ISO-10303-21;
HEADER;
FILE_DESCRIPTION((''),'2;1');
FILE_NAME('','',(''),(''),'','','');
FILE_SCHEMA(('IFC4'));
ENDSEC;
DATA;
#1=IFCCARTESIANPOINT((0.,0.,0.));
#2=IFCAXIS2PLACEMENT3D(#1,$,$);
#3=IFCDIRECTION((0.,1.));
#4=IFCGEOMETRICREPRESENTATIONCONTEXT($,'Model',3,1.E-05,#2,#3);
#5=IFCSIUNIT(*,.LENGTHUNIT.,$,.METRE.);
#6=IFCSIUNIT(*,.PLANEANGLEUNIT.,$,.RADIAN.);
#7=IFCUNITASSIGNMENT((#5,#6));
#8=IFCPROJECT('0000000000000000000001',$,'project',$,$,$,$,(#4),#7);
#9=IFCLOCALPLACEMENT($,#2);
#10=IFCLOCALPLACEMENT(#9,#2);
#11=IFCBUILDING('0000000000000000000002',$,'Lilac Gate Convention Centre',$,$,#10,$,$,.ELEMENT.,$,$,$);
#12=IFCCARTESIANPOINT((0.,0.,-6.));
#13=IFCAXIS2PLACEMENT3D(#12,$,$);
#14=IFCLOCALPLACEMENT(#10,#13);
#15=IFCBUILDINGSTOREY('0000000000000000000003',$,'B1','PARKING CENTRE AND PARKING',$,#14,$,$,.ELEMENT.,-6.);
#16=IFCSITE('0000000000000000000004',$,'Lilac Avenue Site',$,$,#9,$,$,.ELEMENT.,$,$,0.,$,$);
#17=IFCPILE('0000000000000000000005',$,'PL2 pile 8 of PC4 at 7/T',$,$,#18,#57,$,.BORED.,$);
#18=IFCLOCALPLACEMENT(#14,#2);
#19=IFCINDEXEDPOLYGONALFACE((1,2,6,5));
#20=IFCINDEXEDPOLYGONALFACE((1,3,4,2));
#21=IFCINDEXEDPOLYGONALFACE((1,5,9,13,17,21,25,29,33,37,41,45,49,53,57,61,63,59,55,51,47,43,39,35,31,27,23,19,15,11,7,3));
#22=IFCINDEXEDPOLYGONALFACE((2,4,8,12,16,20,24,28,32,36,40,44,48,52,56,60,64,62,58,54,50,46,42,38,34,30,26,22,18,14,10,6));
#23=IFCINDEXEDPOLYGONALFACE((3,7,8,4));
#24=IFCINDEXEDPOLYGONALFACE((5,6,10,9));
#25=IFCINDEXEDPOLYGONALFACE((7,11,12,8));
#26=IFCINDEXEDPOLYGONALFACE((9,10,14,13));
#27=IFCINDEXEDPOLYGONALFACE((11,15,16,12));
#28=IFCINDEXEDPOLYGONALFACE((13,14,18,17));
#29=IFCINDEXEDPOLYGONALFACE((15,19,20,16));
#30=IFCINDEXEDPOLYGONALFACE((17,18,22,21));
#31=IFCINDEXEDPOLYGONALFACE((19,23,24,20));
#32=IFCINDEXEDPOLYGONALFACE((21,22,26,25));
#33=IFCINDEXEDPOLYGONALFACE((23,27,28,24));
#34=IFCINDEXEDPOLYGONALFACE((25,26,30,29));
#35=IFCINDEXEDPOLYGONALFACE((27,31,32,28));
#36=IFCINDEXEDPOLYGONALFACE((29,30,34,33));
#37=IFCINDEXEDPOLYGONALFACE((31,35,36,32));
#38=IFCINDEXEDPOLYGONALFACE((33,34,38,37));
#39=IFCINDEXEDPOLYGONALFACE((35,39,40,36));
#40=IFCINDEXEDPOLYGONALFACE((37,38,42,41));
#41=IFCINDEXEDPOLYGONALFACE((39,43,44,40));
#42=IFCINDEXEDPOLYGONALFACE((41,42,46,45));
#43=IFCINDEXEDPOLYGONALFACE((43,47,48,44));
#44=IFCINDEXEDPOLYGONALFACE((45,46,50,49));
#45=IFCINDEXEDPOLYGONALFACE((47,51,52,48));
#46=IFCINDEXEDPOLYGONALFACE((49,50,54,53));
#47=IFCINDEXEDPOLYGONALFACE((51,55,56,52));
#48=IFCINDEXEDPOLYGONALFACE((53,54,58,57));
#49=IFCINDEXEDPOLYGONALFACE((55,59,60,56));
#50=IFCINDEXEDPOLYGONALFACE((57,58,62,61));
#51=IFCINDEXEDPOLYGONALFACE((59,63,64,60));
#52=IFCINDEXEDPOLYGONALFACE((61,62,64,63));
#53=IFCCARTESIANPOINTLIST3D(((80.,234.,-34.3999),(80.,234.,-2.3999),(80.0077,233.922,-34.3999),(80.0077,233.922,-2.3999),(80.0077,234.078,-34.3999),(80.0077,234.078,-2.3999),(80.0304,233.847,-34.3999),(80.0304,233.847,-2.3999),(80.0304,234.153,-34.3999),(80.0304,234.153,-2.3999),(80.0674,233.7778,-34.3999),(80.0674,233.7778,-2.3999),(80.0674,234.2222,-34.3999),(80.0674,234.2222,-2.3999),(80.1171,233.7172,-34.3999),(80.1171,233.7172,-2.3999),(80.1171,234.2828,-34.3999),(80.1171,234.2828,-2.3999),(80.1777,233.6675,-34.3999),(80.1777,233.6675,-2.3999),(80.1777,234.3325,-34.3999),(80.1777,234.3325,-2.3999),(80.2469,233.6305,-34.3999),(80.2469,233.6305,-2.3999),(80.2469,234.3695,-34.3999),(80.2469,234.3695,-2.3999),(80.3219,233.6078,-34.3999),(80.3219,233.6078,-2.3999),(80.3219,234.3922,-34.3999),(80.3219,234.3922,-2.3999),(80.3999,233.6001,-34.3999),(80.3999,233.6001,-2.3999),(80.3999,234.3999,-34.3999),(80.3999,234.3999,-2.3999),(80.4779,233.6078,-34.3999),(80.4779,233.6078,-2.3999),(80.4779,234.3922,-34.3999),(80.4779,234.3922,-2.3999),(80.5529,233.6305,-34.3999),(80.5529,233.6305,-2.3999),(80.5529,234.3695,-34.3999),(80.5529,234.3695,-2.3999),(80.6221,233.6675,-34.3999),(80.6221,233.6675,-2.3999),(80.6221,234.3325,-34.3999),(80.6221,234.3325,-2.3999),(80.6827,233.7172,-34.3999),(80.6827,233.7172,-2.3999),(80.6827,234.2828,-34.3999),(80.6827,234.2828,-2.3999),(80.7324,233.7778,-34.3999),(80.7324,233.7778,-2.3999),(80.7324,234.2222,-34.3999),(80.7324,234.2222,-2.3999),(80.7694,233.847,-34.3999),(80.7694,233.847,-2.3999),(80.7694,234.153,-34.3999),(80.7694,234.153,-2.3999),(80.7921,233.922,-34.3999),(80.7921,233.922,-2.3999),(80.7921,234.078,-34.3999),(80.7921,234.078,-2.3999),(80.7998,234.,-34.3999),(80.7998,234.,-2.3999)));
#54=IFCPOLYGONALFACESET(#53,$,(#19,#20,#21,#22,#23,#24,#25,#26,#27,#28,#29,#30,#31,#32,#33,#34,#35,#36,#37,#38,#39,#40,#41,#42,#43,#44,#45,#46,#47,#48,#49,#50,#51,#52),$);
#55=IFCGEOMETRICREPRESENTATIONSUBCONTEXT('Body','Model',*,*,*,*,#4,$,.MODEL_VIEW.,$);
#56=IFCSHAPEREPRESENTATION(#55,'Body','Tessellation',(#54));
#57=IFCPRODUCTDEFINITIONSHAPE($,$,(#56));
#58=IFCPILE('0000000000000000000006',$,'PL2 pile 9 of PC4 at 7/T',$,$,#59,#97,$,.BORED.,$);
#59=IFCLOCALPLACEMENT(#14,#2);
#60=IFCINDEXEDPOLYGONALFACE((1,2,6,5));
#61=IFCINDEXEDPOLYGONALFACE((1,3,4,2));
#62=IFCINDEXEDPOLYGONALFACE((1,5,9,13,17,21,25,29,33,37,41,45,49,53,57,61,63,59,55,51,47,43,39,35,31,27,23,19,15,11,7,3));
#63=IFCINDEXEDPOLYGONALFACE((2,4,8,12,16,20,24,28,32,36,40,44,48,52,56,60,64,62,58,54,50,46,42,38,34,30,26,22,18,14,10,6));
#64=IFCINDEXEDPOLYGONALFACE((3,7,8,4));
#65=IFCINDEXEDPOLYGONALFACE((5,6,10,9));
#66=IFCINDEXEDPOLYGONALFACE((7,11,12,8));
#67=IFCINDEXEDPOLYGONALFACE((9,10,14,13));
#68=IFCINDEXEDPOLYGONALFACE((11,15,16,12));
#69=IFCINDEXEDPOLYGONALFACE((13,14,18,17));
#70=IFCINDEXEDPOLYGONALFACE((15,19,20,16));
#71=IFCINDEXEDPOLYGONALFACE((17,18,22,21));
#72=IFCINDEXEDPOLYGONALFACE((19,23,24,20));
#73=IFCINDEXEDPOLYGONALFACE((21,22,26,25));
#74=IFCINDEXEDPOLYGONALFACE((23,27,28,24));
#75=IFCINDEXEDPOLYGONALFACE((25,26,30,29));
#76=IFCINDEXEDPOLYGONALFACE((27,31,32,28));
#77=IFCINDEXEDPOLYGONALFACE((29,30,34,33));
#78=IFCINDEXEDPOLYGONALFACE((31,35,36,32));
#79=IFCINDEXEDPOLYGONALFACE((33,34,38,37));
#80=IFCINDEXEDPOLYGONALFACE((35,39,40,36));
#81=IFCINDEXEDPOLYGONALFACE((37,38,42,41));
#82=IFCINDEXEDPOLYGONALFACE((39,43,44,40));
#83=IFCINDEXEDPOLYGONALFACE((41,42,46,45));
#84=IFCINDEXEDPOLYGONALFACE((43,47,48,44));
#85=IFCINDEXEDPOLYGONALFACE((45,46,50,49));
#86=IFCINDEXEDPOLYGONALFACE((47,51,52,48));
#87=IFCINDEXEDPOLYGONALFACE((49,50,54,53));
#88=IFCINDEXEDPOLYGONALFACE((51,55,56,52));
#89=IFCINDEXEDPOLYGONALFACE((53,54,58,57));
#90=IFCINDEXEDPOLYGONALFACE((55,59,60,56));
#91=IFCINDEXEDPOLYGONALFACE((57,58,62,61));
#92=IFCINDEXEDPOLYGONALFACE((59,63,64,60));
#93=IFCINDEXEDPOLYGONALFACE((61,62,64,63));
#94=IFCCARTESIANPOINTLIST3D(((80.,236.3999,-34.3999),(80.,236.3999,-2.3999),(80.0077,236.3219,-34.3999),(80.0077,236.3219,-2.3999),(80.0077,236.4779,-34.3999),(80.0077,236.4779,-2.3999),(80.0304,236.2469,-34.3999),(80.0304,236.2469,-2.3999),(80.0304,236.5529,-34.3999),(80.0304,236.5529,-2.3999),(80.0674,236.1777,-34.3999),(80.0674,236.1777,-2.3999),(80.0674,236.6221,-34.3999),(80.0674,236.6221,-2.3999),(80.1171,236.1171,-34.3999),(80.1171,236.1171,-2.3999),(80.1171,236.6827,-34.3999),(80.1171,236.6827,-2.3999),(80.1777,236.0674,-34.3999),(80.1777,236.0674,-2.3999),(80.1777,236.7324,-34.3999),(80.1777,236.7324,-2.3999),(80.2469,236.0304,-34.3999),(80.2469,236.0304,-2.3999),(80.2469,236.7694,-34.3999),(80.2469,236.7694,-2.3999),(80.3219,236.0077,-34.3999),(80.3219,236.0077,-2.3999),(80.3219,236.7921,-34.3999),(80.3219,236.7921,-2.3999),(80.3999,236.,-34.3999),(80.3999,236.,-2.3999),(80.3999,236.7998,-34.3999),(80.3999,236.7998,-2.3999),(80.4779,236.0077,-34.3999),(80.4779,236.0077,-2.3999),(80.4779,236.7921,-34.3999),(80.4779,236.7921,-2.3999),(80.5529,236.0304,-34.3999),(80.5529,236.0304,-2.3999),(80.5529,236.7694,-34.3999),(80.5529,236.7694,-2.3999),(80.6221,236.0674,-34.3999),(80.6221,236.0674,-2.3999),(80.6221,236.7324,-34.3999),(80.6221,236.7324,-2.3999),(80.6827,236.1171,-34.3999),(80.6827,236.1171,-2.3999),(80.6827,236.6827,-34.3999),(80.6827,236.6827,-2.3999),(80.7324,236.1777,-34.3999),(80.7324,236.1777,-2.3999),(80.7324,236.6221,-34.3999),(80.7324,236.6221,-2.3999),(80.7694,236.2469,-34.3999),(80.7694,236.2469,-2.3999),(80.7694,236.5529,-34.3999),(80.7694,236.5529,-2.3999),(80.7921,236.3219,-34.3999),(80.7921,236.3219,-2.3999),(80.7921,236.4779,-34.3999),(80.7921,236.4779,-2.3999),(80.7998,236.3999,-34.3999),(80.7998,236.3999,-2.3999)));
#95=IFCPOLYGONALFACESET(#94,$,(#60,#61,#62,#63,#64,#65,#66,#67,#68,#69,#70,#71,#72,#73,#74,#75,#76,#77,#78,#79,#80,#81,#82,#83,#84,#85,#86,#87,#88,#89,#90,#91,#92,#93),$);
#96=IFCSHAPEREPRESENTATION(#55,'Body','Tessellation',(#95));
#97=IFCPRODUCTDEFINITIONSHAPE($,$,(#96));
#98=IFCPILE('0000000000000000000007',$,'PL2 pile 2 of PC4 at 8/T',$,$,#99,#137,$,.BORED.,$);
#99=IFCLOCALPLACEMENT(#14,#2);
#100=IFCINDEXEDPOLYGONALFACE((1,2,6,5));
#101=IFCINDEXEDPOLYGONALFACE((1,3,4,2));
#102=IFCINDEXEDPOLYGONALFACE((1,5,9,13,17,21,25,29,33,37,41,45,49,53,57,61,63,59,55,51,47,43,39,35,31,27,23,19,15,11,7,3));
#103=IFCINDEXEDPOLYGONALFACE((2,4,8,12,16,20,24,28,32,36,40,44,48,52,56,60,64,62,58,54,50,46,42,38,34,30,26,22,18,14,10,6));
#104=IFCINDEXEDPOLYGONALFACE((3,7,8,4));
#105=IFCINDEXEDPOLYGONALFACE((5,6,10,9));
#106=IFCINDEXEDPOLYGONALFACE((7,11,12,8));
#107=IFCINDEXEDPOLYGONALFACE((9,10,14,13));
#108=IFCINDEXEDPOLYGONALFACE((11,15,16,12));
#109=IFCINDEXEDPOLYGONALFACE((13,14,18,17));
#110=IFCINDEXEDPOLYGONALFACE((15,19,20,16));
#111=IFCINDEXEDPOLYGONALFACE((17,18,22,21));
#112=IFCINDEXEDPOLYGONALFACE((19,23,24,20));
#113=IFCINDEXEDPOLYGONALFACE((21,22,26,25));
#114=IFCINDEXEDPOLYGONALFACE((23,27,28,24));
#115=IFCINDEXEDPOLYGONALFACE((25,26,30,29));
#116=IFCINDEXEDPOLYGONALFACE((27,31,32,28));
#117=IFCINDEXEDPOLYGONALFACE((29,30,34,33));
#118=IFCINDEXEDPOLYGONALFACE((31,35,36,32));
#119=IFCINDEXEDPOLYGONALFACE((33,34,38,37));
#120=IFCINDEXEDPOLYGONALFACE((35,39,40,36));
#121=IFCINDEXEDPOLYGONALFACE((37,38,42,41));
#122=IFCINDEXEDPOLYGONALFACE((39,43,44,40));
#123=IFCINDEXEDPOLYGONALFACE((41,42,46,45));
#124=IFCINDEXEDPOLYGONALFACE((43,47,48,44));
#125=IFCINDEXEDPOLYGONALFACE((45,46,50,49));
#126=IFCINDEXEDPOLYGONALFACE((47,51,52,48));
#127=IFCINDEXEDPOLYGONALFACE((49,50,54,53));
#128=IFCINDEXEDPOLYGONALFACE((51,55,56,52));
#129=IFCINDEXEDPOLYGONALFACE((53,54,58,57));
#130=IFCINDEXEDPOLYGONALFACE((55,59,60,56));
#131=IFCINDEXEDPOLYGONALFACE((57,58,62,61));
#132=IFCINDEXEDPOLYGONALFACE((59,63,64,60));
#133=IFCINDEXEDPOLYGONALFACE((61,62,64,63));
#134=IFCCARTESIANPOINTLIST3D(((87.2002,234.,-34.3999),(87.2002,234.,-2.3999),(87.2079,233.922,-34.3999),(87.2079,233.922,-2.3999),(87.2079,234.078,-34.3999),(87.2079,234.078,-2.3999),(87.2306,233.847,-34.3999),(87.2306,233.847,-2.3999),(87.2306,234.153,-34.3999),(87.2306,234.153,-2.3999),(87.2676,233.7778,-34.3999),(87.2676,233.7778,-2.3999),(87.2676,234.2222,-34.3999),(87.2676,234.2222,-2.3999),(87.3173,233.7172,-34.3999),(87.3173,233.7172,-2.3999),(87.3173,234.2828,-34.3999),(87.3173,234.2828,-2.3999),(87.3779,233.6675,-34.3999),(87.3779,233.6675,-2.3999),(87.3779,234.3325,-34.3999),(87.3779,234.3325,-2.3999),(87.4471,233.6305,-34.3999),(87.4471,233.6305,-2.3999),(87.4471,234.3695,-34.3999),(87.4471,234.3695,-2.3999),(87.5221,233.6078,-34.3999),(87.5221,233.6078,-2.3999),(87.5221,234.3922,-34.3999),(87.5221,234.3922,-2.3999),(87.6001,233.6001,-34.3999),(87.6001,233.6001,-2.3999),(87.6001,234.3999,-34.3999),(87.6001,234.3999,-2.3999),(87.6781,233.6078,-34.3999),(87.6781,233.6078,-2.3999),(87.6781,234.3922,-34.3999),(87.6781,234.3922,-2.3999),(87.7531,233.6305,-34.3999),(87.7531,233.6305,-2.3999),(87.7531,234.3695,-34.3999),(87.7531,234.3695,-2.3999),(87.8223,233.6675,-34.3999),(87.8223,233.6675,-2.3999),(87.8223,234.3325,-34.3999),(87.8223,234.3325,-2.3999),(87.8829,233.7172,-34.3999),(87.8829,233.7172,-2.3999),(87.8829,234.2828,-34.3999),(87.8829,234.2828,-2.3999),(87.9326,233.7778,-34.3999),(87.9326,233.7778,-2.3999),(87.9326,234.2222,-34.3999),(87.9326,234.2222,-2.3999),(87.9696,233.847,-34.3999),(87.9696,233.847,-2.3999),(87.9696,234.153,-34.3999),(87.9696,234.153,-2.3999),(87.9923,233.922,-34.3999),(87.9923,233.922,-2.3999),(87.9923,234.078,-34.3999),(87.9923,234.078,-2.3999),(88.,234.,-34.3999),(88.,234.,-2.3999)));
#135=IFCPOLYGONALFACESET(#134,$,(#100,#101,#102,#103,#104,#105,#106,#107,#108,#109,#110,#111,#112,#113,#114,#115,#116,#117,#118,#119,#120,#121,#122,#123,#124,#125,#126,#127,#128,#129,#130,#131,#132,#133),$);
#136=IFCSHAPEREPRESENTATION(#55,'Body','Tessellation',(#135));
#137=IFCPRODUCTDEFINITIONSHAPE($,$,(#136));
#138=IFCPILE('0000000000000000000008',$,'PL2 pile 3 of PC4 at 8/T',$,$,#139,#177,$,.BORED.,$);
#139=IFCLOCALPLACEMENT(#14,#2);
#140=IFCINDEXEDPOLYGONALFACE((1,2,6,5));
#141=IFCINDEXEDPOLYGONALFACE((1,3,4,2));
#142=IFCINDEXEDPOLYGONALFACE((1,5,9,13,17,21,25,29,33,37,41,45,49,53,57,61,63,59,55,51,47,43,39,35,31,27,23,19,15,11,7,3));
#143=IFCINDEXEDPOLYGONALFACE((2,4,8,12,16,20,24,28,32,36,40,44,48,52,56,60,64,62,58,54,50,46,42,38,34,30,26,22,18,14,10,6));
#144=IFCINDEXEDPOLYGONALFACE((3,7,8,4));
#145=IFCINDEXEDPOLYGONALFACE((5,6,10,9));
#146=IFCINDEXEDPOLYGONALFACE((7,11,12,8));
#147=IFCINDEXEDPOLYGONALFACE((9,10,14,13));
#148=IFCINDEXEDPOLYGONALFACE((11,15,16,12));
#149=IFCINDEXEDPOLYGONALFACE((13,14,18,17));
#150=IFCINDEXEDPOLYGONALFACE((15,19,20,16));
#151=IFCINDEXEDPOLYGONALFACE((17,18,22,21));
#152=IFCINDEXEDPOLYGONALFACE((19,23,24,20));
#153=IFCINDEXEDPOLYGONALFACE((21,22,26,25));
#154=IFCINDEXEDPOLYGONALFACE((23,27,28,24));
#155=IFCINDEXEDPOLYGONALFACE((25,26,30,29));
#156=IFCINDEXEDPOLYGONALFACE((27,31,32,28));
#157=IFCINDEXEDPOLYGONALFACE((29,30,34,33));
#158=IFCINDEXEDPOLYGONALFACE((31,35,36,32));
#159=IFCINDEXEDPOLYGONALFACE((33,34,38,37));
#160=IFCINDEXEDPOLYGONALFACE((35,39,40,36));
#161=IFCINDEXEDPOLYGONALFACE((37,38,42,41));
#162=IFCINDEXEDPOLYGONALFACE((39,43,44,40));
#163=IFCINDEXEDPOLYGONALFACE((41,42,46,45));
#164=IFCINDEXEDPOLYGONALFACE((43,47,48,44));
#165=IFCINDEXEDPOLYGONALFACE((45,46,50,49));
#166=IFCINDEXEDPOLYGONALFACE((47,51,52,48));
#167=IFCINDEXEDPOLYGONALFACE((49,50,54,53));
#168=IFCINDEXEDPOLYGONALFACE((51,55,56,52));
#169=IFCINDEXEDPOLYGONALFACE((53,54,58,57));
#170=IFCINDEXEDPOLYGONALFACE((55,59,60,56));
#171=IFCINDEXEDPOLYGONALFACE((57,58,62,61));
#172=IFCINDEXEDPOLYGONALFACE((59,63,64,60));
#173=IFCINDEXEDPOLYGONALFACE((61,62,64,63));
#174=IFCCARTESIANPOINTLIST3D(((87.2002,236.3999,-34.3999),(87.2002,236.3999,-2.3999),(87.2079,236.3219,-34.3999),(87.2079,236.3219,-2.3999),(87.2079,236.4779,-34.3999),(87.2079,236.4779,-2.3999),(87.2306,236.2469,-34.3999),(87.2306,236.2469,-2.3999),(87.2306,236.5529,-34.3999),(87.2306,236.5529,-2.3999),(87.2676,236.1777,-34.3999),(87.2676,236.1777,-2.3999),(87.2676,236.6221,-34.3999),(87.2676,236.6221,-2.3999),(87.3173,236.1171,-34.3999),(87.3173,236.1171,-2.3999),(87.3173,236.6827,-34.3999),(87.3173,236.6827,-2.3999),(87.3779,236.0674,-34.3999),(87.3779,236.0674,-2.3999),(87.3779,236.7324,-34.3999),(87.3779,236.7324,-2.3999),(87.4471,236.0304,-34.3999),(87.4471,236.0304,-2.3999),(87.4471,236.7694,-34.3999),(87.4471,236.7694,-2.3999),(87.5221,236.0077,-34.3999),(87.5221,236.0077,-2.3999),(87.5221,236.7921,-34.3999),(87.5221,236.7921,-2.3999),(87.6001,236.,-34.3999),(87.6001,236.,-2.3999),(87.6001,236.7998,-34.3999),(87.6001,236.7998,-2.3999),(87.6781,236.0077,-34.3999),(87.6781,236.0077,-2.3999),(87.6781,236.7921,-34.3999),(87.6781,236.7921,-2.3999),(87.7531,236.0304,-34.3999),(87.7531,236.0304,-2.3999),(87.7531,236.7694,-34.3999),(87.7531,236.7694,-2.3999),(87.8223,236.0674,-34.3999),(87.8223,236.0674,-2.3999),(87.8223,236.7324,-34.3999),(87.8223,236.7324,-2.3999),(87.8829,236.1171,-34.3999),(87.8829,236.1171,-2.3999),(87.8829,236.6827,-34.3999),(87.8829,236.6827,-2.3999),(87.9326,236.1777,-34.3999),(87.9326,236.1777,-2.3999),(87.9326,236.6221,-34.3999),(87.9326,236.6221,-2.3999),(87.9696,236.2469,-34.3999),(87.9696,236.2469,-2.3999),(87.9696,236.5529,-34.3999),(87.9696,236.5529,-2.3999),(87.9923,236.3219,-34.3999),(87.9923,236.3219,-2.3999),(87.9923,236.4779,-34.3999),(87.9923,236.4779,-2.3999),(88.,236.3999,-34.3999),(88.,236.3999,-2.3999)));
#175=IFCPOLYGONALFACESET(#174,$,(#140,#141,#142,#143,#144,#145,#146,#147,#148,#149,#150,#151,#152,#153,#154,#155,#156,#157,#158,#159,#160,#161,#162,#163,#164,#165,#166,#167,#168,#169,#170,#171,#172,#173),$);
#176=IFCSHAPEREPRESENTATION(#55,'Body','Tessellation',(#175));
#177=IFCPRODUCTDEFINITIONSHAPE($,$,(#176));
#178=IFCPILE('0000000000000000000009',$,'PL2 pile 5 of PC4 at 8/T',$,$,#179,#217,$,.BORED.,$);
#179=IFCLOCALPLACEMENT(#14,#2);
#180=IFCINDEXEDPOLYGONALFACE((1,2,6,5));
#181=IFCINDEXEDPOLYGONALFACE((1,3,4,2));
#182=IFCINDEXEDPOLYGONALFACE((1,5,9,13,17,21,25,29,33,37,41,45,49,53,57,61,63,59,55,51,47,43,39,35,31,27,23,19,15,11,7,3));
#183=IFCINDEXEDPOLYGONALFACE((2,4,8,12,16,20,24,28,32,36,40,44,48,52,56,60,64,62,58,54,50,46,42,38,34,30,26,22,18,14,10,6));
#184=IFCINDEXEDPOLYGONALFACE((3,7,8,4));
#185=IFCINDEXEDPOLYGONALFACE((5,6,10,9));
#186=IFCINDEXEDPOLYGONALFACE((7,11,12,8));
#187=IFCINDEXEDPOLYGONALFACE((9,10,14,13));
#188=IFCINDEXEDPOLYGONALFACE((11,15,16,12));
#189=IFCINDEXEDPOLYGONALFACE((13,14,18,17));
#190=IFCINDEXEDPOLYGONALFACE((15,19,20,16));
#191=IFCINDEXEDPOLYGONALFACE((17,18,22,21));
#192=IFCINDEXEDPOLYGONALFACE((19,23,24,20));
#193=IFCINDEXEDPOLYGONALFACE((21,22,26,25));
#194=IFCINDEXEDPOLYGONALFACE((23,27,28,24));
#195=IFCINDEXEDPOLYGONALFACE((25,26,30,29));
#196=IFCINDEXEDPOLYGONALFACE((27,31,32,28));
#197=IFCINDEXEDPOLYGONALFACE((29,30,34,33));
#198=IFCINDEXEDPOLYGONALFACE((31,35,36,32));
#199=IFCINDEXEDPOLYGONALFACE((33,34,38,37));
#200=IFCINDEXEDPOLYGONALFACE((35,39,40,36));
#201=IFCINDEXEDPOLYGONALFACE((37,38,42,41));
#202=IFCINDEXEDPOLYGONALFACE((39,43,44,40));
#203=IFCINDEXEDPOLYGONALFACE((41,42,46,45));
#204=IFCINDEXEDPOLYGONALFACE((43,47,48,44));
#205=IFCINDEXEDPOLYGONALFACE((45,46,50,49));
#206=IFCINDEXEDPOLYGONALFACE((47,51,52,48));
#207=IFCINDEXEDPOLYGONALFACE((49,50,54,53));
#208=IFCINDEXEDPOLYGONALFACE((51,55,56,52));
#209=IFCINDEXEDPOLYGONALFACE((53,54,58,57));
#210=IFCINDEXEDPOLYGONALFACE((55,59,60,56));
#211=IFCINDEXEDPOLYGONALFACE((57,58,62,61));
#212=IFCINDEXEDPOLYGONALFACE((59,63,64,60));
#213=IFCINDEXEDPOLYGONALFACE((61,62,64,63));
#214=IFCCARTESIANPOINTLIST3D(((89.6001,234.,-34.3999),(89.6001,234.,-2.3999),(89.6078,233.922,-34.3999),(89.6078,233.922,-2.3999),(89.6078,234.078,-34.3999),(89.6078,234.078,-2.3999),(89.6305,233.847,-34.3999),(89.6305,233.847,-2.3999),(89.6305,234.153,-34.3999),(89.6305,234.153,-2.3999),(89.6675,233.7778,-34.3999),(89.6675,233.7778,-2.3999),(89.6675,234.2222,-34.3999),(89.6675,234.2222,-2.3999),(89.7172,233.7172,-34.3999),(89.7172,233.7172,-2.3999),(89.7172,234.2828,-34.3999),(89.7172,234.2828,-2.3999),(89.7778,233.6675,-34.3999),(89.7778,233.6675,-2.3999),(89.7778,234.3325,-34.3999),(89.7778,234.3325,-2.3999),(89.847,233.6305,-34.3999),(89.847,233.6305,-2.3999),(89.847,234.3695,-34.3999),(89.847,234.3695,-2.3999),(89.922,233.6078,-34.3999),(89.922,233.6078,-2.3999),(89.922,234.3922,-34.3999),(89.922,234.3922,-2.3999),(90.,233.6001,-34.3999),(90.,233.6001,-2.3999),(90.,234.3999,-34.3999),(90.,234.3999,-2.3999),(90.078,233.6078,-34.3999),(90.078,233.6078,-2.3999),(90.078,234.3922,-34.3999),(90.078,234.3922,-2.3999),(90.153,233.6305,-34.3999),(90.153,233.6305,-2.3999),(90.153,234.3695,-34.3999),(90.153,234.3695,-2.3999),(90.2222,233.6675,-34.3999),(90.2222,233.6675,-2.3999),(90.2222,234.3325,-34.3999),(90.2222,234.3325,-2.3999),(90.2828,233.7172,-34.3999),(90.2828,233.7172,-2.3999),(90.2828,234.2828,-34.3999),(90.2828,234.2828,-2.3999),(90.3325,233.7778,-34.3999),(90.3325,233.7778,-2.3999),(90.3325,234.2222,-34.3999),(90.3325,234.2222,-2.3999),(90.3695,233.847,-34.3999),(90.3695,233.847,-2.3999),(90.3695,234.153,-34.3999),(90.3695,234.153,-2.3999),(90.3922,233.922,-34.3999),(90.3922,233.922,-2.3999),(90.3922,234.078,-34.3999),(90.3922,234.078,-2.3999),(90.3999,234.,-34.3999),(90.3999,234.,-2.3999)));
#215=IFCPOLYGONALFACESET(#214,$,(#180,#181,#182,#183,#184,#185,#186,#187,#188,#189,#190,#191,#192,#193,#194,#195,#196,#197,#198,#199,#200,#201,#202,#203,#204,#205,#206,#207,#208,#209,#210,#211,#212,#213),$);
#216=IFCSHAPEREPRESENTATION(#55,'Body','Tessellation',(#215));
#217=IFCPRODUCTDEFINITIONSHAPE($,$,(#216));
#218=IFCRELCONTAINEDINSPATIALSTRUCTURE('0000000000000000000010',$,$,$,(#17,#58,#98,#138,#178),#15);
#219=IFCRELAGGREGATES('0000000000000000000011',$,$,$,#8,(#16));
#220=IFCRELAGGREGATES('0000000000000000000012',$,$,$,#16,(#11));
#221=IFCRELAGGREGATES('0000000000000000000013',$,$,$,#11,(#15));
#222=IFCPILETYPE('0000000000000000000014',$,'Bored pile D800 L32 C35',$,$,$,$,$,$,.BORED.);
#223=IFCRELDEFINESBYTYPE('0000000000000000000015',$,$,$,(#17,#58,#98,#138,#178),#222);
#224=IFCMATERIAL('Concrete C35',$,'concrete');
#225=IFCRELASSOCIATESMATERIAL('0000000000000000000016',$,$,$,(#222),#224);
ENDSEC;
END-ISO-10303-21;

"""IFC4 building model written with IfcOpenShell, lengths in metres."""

from ifc_helpers import new_model, si_unit, direction, frame, origin, origin_2d, place, context, subcontext, project, spatial, circle, extrude, material, material_profile, profile_set, type_object, element, save


model = new_model("IFC4")

# Units and contexts
model_context = context("Model", 3, precision=1e-05, world=origin(), true_north=direction((0.0, 1.0)))
body_context = subcontext(model_context, "Body", "Model", "MODEL_VIEW")
ifc_project = project(units=[si_unit("LENGTHUNIT", "METRE"), si_unit("PLANEANGLEUNIT", "RADIAN")], contexts=[model_context])

# Site, building, storey
site_placement = place(None, origin())
site = spatial("IfcSite", under=ifc_project, at=site_placement, Name="Lilac Avenue Site", CompositionType="ELEMENT", RefElevation=0.0)
building_placement = place(site_placement, origin())
building = spatial("IfcBuilding", under=site, at=building_placement, Name="Lilac Gate Convention Centre", CompositionType="ELEMENT")
storey_placement = place(building_placement, frame((0.0, 0.0, -6.0)))
storey = spatial("IfcBuildingStorey", under=building, at=storey_placement, Name="B1", Description="PARKING CENTRE AND PARKING", CompositionType="ELEMENT", Elevation=-6.0)

# Piles
ifc_material_1 = material(Name="Concrete C35", Category="concrete")
ifc_material_profile_1 = material_profile(ifc_material_1, circle(Radius=0.3999, at=origin_2d()), Name="D800")
ifc_profile_set_1 = profile_set([ifc_material_profile_1], Name="Concrete C35")
pile_type = type_object("IfcPileType", Name="Bored pile D800 L32 C35", PredefinedType="BORED", material=ifc_profile_set_1)
for number, where, z_axis, x_axis, name in (
    (1, (80.3999, 234.0, -2.3999), (0.0, 0.0, -1.0), (1.0, 0.0, 0.0), "PL2 pile 8 of PC4 at 7/T"),
    (2, (80.3999, 236.3999, -2.3999), (0.0, 0.0, -1.0), (1.0, 0.0, 0.0), "PL2 pile 9 of PC4 at 7/T"),
    (3, (87.6001, 234.0, -2.3999), (0.0, 0.0, -1.0), (1.0, 0.0, 0.0), "PL2 pile 2 of PC4 at 8/T"),
    (4, (87.6001, 236.3999, -2.3999), (0.0, 0.0, -1.0), (1.0, 0.0, 0.0), "PL2 pile 3 of PC4 at 8/T"),
    (5, (90.0, 234.0, -2.3999), (0.0, 0.0, -1.0), (1.0, 0.0, 0.0), "PL2 pile 5 of PC4 at 8/T"),
):
    element("IfcPile", number, at=place(storey_placement, frame(where, z_axis=z_axis, x_axis=x_axis)), inside=storey, type_object=pile_type, Name=name, PredefinedType="BORED", context=body_context, shape_type="SweptSolid", body=[
        extrude(circle(Radius=0.3999, at=origin_2d()), origin(), (0.0, 0.0, 1.0), 32.0),
    ])

save(model, "model.ifc")
